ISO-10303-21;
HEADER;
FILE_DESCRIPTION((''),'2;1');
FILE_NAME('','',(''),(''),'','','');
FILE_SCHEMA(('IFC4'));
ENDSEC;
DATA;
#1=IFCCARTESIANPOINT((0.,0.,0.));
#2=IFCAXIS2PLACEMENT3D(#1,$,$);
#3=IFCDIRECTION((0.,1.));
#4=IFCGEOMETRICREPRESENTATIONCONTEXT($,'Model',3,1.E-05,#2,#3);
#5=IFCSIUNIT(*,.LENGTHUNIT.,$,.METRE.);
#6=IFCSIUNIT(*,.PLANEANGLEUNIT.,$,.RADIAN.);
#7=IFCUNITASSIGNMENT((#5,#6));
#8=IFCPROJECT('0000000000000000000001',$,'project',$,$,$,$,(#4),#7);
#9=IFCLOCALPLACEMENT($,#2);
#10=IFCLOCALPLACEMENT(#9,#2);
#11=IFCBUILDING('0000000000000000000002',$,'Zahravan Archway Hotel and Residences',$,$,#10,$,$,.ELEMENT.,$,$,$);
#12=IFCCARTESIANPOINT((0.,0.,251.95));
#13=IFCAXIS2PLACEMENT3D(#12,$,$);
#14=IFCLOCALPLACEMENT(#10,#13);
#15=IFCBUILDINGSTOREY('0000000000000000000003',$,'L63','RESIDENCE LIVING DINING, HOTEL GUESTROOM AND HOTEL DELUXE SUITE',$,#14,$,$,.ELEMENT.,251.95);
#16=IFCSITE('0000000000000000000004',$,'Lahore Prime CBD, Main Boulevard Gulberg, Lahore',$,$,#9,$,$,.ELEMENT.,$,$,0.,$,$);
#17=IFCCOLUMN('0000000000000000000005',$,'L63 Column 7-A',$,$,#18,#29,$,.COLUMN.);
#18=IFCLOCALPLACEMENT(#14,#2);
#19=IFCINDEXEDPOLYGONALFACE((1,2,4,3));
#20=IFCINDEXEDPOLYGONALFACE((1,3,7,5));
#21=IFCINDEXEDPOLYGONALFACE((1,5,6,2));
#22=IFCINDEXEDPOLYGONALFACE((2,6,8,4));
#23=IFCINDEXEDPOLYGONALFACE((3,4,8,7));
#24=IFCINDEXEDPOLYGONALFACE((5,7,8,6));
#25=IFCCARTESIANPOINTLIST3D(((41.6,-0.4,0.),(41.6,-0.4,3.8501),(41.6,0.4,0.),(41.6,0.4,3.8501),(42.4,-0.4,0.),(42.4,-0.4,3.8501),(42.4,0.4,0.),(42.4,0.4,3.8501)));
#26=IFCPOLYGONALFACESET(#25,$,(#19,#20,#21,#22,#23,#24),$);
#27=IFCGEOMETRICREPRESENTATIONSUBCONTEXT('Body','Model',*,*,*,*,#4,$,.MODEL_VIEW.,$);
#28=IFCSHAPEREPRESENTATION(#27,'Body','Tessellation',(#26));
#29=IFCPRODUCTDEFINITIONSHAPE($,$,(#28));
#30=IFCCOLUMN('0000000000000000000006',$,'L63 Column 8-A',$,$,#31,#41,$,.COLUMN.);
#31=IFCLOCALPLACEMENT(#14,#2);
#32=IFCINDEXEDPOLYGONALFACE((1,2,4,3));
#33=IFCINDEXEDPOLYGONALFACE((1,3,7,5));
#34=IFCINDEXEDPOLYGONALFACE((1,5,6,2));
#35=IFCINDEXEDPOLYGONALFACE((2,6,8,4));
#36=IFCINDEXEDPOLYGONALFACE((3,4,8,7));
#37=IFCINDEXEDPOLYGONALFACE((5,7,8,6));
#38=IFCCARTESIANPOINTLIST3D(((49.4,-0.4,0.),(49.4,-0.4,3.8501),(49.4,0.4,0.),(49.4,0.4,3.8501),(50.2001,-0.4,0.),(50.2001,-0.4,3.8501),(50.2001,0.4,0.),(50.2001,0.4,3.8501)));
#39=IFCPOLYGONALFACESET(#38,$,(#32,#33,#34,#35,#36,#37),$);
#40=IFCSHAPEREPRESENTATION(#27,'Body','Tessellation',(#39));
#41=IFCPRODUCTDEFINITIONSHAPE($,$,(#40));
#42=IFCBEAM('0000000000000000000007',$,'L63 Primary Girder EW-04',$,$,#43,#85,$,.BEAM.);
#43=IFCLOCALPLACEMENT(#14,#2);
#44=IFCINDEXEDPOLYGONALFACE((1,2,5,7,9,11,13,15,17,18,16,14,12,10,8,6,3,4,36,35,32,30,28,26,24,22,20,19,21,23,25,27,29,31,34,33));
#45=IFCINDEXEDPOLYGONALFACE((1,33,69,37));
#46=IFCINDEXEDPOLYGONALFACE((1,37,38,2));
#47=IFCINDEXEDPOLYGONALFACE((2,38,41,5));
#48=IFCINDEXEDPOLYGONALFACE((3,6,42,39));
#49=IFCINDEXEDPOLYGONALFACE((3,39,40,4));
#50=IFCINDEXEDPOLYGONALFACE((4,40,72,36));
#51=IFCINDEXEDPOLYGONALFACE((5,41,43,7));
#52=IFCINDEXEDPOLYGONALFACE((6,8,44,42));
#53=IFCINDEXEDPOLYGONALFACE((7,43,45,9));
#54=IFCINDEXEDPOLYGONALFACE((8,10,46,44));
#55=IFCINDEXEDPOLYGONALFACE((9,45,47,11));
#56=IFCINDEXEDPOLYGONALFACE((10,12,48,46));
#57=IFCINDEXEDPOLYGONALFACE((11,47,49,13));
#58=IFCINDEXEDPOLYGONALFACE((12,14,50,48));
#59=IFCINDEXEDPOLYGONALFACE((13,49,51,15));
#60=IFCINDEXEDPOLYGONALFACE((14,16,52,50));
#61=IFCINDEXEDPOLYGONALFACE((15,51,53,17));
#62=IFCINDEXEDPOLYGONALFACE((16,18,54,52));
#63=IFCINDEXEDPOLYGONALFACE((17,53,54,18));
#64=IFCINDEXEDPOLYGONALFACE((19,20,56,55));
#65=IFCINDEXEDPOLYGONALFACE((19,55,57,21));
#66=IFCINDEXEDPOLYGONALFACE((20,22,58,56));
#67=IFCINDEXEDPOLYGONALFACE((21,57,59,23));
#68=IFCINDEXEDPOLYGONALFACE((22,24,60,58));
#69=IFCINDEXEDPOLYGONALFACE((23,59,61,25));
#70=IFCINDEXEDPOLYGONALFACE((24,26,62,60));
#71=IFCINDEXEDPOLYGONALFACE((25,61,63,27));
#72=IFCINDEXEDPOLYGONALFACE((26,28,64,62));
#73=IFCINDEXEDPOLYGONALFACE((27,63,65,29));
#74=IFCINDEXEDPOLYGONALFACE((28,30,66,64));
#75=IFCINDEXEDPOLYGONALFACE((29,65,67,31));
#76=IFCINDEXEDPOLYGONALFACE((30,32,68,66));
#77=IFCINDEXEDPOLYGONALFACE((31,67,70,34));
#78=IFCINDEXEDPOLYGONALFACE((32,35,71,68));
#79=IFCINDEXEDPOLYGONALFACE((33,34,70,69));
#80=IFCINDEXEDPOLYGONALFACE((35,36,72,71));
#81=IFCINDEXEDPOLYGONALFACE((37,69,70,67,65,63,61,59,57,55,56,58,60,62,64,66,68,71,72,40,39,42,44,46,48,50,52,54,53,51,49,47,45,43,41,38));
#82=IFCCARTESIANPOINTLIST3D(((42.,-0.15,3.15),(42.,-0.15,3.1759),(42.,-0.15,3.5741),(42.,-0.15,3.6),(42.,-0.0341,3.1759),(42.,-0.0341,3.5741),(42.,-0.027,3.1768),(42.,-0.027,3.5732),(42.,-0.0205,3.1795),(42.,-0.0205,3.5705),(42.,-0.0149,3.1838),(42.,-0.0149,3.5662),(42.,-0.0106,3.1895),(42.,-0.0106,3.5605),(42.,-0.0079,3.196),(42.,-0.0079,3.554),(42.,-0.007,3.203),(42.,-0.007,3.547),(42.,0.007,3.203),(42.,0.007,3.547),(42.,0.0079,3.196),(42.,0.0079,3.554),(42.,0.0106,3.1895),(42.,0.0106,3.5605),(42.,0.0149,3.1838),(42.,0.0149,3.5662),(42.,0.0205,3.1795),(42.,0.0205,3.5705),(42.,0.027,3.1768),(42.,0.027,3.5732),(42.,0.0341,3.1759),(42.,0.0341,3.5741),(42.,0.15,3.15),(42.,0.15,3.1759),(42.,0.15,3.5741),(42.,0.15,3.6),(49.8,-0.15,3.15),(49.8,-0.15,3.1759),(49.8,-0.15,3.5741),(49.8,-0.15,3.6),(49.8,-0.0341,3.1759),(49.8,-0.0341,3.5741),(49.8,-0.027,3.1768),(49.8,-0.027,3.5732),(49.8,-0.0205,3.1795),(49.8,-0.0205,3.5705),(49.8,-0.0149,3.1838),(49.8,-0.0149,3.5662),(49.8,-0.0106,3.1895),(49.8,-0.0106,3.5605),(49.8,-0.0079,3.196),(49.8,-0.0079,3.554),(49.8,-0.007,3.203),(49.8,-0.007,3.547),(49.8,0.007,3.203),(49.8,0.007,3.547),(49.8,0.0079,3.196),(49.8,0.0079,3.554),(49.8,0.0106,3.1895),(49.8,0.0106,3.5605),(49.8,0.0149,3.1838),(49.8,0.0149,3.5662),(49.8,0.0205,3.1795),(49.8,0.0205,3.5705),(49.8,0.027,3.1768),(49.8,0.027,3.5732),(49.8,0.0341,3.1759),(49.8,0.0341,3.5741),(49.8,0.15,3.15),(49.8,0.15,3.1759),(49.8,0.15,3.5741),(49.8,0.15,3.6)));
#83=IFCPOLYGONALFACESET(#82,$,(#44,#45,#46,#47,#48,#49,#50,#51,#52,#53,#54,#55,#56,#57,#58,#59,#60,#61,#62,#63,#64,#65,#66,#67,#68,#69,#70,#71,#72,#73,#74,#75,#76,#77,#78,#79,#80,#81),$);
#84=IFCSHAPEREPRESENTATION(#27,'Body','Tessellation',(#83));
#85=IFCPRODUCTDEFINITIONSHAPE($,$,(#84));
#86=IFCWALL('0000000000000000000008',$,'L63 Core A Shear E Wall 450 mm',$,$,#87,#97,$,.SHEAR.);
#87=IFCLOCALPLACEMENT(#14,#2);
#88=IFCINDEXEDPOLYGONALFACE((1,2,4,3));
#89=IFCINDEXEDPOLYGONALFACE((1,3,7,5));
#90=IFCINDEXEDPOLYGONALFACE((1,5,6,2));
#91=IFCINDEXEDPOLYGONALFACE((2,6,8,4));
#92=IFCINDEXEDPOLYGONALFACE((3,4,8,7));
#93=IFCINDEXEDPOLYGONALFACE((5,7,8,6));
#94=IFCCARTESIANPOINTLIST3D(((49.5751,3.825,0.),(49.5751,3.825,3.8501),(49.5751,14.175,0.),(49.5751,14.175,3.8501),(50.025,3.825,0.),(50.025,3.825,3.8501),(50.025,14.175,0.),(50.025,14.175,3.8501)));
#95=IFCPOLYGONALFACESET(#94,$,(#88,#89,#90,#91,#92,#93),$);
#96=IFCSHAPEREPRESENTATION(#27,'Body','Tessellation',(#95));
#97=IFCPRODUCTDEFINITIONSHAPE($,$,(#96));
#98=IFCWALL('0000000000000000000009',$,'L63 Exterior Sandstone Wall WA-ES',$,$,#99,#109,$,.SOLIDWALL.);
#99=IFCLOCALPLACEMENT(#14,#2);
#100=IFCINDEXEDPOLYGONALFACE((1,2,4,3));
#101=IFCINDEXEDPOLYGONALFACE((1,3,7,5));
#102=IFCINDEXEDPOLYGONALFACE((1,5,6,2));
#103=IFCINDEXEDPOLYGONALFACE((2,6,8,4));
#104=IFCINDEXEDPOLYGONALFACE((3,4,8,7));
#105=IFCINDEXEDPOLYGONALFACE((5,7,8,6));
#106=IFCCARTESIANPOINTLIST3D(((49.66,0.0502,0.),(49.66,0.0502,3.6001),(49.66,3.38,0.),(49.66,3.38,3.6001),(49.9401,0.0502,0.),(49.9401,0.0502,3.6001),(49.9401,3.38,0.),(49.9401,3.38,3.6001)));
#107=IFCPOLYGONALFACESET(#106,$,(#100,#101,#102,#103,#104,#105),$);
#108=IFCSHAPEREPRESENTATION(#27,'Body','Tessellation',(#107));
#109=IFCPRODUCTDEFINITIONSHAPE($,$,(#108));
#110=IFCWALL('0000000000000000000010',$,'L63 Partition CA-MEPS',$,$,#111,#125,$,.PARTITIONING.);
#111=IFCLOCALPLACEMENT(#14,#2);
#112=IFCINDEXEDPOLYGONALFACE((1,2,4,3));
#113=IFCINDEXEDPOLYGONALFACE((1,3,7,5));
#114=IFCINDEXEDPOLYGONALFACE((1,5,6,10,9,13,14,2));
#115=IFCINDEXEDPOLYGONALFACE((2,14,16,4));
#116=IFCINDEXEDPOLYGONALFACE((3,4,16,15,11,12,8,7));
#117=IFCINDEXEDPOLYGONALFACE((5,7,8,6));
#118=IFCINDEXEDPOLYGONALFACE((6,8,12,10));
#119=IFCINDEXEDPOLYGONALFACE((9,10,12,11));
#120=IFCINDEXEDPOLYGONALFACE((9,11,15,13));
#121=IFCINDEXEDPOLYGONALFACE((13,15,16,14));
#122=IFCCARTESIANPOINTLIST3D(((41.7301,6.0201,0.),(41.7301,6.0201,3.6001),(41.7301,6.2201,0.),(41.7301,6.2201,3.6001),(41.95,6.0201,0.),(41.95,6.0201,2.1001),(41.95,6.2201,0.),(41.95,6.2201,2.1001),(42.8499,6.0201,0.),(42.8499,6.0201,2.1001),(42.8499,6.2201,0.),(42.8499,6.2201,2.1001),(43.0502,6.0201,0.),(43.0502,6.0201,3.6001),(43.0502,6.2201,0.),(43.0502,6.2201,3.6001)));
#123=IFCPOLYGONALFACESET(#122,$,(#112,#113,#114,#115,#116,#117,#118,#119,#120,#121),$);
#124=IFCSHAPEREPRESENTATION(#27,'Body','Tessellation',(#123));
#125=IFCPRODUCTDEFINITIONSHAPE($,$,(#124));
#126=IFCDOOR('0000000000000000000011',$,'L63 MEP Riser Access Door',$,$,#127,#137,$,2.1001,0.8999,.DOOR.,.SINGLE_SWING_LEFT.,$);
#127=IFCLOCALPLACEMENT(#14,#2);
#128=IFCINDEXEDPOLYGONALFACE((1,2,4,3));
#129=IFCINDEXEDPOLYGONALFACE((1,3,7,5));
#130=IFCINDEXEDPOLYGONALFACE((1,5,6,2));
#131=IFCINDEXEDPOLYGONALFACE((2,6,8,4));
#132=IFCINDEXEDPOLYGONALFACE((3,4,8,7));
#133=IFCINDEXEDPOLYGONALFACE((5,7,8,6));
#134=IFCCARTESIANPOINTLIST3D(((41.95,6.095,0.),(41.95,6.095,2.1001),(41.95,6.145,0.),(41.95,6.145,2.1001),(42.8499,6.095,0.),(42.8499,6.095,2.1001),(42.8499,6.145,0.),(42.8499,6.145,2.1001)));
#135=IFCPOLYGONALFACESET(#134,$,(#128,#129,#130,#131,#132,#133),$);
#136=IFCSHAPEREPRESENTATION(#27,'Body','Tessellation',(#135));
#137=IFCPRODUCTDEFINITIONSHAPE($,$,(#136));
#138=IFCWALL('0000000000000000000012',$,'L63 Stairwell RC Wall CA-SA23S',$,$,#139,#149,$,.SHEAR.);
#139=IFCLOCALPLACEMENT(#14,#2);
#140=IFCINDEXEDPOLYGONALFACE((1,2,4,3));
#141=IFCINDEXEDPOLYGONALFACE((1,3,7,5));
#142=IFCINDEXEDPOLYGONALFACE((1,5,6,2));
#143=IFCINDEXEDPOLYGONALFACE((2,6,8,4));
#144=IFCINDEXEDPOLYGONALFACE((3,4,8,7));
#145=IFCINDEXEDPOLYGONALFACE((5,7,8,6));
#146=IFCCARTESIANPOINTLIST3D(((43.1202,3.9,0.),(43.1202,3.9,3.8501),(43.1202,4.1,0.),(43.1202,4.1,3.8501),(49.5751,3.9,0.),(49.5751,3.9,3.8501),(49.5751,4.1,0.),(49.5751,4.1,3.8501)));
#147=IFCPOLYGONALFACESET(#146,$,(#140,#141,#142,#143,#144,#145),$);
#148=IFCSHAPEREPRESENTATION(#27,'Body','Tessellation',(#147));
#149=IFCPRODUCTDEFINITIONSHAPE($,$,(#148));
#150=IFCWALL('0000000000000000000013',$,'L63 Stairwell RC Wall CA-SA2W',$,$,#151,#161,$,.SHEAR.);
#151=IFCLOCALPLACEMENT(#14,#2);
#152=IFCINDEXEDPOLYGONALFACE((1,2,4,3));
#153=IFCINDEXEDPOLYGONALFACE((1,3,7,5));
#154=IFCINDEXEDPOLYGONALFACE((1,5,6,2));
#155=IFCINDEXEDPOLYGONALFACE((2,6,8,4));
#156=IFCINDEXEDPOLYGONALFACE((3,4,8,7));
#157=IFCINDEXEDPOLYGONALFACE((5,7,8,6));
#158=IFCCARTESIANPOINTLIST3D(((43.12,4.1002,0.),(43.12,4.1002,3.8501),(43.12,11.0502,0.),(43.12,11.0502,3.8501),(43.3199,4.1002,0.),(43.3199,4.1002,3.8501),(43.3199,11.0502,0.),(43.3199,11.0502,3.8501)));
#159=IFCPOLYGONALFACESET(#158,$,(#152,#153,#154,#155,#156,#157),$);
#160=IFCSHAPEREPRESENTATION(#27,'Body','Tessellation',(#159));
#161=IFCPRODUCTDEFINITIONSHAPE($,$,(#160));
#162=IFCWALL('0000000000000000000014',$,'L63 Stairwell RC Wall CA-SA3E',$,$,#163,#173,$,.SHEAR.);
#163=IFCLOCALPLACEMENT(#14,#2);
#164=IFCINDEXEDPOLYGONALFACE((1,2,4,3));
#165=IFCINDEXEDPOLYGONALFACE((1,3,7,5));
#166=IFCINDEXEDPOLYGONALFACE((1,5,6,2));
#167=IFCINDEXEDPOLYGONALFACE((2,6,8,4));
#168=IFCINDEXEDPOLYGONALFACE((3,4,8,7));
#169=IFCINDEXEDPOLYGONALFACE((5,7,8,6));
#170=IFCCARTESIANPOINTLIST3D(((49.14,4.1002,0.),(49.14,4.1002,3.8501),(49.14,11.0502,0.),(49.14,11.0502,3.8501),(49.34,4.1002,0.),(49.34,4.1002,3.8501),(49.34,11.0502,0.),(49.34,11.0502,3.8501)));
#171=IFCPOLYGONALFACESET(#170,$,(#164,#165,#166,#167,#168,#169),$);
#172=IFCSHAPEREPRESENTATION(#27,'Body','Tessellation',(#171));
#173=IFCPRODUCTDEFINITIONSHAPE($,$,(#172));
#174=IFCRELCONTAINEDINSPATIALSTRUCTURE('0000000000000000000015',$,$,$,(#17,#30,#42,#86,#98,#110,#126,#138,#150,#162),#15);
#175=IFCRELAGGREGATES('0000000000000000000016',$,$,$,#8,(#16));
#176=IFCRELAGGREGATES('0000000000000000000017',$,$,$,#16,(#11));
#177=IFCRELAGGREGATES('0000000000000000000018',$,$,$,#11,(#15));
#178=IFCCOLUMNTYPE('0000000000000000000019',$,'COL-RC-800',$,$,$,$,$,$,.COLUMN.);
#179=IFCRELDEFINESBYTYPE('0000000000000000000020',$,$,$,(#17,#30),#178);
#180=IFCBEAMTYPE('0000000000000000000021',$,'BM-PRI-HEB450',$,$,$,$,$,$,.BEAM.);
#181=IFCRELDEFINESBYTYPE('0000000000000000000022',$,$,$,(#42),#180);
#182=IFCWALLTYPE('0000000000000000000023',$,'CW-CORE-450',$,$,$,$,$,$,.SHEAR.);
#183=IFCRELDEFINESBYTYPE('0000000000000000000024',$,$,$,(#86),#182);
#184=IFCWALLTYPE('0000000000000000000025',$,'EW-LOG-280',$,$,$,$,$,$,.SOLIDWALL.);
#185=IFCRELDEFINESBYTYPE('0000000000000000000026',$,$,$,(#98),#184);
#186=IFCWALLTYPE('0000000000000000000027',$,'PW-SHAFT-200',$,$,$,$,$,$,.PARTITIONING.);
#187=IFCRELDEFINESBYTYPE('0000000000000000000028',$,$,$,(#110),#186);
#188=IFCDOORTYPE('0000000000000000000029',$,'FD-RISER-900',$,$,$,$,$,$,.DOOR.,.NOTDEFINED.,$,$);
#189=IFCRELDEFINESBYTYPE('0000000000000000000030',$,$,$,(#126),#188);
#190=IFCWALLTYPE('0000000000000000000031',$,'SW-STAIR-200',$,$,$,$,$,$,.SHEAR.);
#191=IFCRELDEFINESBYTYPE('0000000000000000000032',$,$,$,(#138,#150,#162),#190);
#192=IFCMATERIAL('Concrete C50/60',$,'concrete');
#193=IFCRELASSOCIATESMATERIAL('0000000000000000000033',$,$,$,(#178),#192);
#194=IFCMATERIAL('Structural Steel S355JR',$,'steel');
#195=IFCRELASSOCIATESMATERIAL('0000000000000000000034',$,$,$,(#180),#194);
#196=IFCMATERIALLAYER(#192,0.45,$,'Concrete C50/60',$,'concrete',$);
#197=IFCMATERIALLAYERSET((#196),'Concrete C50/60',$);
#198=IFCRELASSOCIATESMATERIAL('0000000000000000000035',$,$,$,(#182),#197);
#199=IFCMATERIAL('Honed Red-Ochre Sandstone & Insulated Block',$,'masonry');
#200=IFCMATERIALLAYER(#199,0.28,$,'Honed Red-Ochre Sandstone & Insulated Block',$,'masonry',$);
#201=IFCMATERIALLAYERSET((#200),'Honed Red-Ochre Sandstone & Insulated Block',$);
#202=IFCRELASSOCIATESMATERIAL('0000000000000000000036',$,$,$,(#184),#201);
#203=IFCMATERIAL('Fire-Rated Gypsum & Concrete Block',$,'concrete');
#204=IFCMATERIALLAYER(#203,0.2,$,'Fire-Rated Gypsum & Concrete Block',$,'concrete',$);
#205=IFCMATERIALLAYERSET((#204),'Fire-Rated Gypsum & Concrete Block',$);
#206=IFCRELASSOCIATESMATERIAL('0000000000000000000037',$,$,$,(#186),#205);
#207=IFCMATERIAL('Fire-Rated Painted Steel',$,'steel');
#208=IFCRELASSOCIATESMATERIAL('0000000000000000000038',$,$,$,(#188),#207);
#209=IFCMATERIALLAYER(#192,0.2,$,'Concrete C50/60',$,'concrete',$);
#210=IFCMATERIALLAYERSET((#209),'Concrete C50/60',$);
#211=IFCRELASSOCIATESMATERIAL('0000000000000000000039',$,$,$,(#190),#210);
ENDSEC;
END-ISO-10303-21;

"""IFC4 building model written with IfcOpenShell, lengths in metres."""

from ifc_helpers import new_model, si_unit, direction, frame, frame_2d, origin, origin_2d, place, context, subcontext, project, spatial, rectangle, i_section, extrude, source, transform, mapped, material, layer, layer_set, material_profile, profile_set, type_object, type_shapes, element, fill, save


model = new_model("IFC4")

# Units and contexts
model_context = context("Model", 3, precision=1e-05, world=origin(), true_north=direction((0.0, 1.0)))
body_context = subcontext(model_context, "Body", "Model", "MODEL_VIEW")
ifc_project = project(units=[si_unit("LENGTHUNIT", "METRE"), si_unit("PLANEANGLEUNIT", "RADIAN")], contexts=[model_context])

# Site, building, storey
site_placement = place(None, origin())
site = spatial("IfcSite", under=ifc_project, at=site_placement, Name="Lahore Prime CBD, Main Boulevard Gulberg, Lahore", CompositionType="ELEMENT", RefElevation=0.0)
building_placement = place(site_placement, origin())
building = spatial("IfcBuilding", under=site, at=building_placement, Name="Zahravan Archway Hotel and Residences", CompositionType="ELEMENT")
storey_placement = place(building_placement, frame((0.0, 0.0, 251.95)))
storey = spatial("IfcBuildingStorey", under=building, at=storey_placement, Name="L63", Description="RESIDENCE LIVING DINING, HOTEL GUESTROOM AND HOTEL DELUXE SUITE", CompositionType="ELEMENT", Elevation=251.95)

# Columns
ifc_material_1 = material(Name="Concrete C50/60", Category="concrete")
ifc_material_profile_1 = material_profile(ifc_material_1, rectangle(XDim=0.8, YDim=0.8, at=origin_2d()), Name="RC-COL-800x800", Category="concrete")
ifc_profile_set_1 = profile_set([ifc_material_profile_1], Name="Concrete C50/60")
column_type = type_object("IfcColumnType", Name="COL-RC-800", PredefinedType="COLUMN", material=ifc_profile_set_1)
shared_shape_1 = source(origin(), body_context, "Body", "SweptSolid", [
    extrude(rectangle(XDim=0.8, YDim=0.8, at=origin_2d()), origin(), (0.0, 0.0, 1.0), 3.8501),
])
for number, where, z_axis, x_axis, name in (
    (1, (42.0, 0.0, 0.0), (0.0, 0.0, 1.0), (1.0, 0.0, 0.0), "L63 Column 7-A"),
    (2, (49.8, 0.0, 0.0), (0.0, 0.0, 1.0), (1.0, 0.0, 0.0), "L63 Column 8-A"),
):
    element("IfcColumn", number, at=place(storey_placement, frame(where, z_axis=z_axis, x_axis=x_axis)), inside=storey, type_object=column_type, Name=name, PredefinedType="COLUMN", context=body_context, shape_type="MappedRepresentation", body=[
        mapped(shared_shape_1, transform((0.0, 0.0, 0.0), scale=1.0)),
    ])

# Beam
ifc_material_2 = material(Name="Structural Steel S355JR", Category="steel")
ifc_material_profile_2 = material_profile(ifc_material_2, i_section(OverallWidth=0.3, OverallDepth=0.45, WebThickness=0.0139, FlangeThickness=0.0259, FilletRadius=0.0271, at=origin_2d()), Name="HEB 450", Category="steel")
ifc_profile_set_2 = profile_set([ifc_material_profile_2], Name="Structural Steel S355JR")
beam_type = type_object("IfcBeamType", Name="BM-PRI-HEB450", PredefinedType="BEAM", material=ifc_profile_set_2)
shared_shape_2 = source(origin(), body_context, "Body", "SweptSolid", [
    extrude(i_section(OverallWidth=0.3, OverallDepth=0.45, WebThickness=0.0139, FlangeThickness=0.0259, FilletRadius=0.0271, at=origin_2d()), origin(), (0.0, 0.0, 1.0), 7.8),
])
beam_placement = place(storey_placement, frame((42.0, 0.0, 3.375), z_axis=(1.0, 0.0, 0.0), x_axis=(0.0, 1.0, 0.0)))
element("IfcBeam", 3, at=beam_placement, inside=storey, type_object=beam_type, Name="L63 Primary Girder EW-04", PredefinedType="BEAM", context=body_context, shape_type="MappedRepresentation", body=[
    mapped(shared_shape_2, transform((0.0, 0.0, 0.0), scale=1.0)),
])

# Walls
ifc_layer_1 = layer(ifc_material_1, 0.45, Name="Concrete C50/60", Category="concrete")
ifc_layer_set_1 = layer_set([ifc_layer_1], Name="Concrete C50/60")
wall_type_1 = type_object("IfcWallType", Name="CW-CORE-450", PredefinedType="SHEAR", material=ifc_layer_set_1)
wall_1_placement = place(storey_placement, frame((49.8, 3.825, 0.0), z_axis=(0.0, 0.0, 1.0), x_axis=(0.0, 1.0, 0.0)))
element("IfcWall", 4, at=wall_1_placement, inside=storey, type_object=wall_type_1, Name="L63 Core A Shear E Wall 450 mm", PredefinedType="SHEAR", context=body_context, shape_type="SweptSolid", body=[
    extrude(rectangle(XDim=10.3501, YDim=0.45, at=frame_2d((5.175, 0.0))), origin(), (0.0, 0.0, 1.0), 3.8501),
])
ifc_material_3 = material(Name="Honed Red-Ochre Sandstone & Insulated Block", Category="masonry")
ifc_layer_2 = layer(ifc_material_3, 0.28, Name="Honed Red-Ochre Sandstone & Insulated Block", Category="masonry")
ifc_layer_set_2 = layer_set([ifc_layer_2], Name="Honed Red-Ochre Sandstone & Insulated Block")
wall_type_2 = type_object("IfcWallType", Name="EW-LOG-280", PredefinedType="SOLIDWALL", material=ifc_layer_set_2)
wall_2_placement = place(storey_placement, frame((49.8, 0.05, 0.0), z_axis=(0.0, 0.0, 1.0), x_axis=(0.0, 1.0, 0.0)))
element("IfcWall", 5, at=wall_2_placement, inside=storey, type_object=wall_type_2, Name="L63 Exterior Sandstone Wall WA-ES", PredefinedType="SOLIDWALL", context=body_context, shape_type="SweptSolid", body=[
    extrude(rectangle(XDim=3.3298, YDim=0.28, at=frame_2d((1.665, 0.0))), origin(), (0.0, 0.0, 1.0), 3.6001),
])

# Wall, opening, door
ifc_material_4 = material(Name="Fire-Rated Gypsum & Concrete Block", Category="concrete")
ifc_layer_3 = layer(ifc_material_4, 0.2, Name="Fire-Rated Gypsum & Concrete Block", Category="concrete")
ifc_layer_set_3 = layer_set([ifc_layer_3], Name="Fire-Rated Gypsum & Concrete Block")
wall_type_3 = type_object("IfcWallType", Name="PW-SHAFT-200", PredefinedType="PARTITIONING", material=ifc_layer_set_3)
wall_3_placement = place(storey_placement, frame((41.73, 6.1201, 0.0), z_axis=(0.0, 0.0, 1.0), x_axis=(1.0, 0.0, 0.0)))
wall_3 = element("IfcWall", 6, at=wall_3_placement, inside=storey, type_object=wall_type_3, Name="L63 Partition CA-MEPS", PredefinedType="PARTITIONING", context=body_context, shape_type="SweptSolid", body=[
    extrude(rectangle(XDim=1.3201, YDim=0.2, at=frame_2d((0.6602, 0.0))), origin(), (0.0, 0.0, 1.0), 3.6001),
])
opening_placement = place(wall_3_placement, frame((0.22, 0.0, 0.0)))
opening = element("IfcOpeningElement", 7, at=opening_placement, cuts=wall_3, PredefinedType="OPENING", context=body_context, shape_type="SweptSolid", body=[
    extrude(rectangle(XDim=0.8999, YDim=2.1001, at=frame_2d((0.45, 1.05))), frame((0.0, 0.1099, 0.0), z_axis=(0.0, -1.0, 0.0), x_axis=(1.0, 0.0, 0.0)), (0.0, 0.0, 1.0), 0.22),
])
ifc_material_5 = material(Name="Fire-Rated Painted Steel", Category="steel")
door_type = type_object("IfcDoorType", Name="FD-RISER-900", OperationType="NOTDEFINED", PredefinedType="DOOR", material=ifc_material_5)
shared_shape_3 = source(origin(), body_context, "Body", "SweptSolid", [
    extrude(rectangle(XDim=0.8999, YDim=2.1001, at=frame_2d((0.45, 1.05))), frame((0.0, 0.0249, 0.0), z_axis=(0.0, -1.0, 0.0), x_axis=(1.0, 0.0, 0.0)), (0.0, 0.0, 1.0), 0.05),
])
type_shapes(door_type, [shared_shape_3])
door_placement = place(opening_placement, origin())
door = element("IfcDoor", 8, at=door_placement, inside=storey, type_object=door_type, Name="L63 MEP Riser Access Door", OperationType="SINGLE_SWING_LEFT", OverallHeight=2.1001, OverallWidth=0.8999, PredefinedType="DOOR", context=body_context, shape_type="MappedRepresentation", body=[
    mapped(shared_shape_3, transform((0.0, 0.0, 0.0), scale=1.0)),
])
fill(opening, door)

# Walls
ifc_layer_4 = layer(ifc_material_1, 0.2, Name="Concrete C50/60", Category="concrete")
ifc_layer_set_4 = layer_set([ifc_layer_4], Name="Concrete C50/60")
wall_type_4 = type_object("IfcWallType", Name="SW-STAIR-200", PredefinedType="SHEAR", material=ifc_layer_set_4)
wall_4_placement = place(storey_placement, frame((43.1201, 4.0, 0.0), z_axis=(0.0, 0.0, 1.0), x_axis=(1.0, 0.0, 0.0)))
element("IfcWall", 9, at=wall_4_placement, inside=storey, type_object=wall_type_4, Name="L63 Stairwell RC Wall CA-SA23S", PredefinedType="SHEAR", context=body_context, shape_type="SweptSolid", body=[
    extrude(rectangle(XDim=6.4548, YDim=0.2, at=frame_2d((3.2275, 0.0))), origin(), (0.0, 0.0, 1.0), 3.8501),
])
for number, where, z_axis, x_axis, name in (
    (10, (43.22, 4.1001, 0.0), (0.0, 0.0, 1.0), (0.0, 1.0, 0.0), "L63 Stairwell RC Wall CA-SA2W"),
    (11, (49.24, 4.1001, 0.0), (0.0, 0.0, 1.0), (0.0, 1.0, 0.0), "L63 Stairwell RC Wall CA-SA3E"),
):
    element("IfcWall", number, at=place(storey_placement, frame(where, z_axis=z_axis, x_axis=x_axis)), inside=storey, type_object=wall_type_4, Name=name, PredefinedType="SHEAR", context=body_context, shape_type="SweptSolid", body=[
        extrude(rectangle(XDim=6.95, YDim=0.2, at=frame_2d((3.4751, 0.0))), origin(), (0.0, 0.0, 1.0), 3.8501),
    ])

save(model, "model.ifc")
